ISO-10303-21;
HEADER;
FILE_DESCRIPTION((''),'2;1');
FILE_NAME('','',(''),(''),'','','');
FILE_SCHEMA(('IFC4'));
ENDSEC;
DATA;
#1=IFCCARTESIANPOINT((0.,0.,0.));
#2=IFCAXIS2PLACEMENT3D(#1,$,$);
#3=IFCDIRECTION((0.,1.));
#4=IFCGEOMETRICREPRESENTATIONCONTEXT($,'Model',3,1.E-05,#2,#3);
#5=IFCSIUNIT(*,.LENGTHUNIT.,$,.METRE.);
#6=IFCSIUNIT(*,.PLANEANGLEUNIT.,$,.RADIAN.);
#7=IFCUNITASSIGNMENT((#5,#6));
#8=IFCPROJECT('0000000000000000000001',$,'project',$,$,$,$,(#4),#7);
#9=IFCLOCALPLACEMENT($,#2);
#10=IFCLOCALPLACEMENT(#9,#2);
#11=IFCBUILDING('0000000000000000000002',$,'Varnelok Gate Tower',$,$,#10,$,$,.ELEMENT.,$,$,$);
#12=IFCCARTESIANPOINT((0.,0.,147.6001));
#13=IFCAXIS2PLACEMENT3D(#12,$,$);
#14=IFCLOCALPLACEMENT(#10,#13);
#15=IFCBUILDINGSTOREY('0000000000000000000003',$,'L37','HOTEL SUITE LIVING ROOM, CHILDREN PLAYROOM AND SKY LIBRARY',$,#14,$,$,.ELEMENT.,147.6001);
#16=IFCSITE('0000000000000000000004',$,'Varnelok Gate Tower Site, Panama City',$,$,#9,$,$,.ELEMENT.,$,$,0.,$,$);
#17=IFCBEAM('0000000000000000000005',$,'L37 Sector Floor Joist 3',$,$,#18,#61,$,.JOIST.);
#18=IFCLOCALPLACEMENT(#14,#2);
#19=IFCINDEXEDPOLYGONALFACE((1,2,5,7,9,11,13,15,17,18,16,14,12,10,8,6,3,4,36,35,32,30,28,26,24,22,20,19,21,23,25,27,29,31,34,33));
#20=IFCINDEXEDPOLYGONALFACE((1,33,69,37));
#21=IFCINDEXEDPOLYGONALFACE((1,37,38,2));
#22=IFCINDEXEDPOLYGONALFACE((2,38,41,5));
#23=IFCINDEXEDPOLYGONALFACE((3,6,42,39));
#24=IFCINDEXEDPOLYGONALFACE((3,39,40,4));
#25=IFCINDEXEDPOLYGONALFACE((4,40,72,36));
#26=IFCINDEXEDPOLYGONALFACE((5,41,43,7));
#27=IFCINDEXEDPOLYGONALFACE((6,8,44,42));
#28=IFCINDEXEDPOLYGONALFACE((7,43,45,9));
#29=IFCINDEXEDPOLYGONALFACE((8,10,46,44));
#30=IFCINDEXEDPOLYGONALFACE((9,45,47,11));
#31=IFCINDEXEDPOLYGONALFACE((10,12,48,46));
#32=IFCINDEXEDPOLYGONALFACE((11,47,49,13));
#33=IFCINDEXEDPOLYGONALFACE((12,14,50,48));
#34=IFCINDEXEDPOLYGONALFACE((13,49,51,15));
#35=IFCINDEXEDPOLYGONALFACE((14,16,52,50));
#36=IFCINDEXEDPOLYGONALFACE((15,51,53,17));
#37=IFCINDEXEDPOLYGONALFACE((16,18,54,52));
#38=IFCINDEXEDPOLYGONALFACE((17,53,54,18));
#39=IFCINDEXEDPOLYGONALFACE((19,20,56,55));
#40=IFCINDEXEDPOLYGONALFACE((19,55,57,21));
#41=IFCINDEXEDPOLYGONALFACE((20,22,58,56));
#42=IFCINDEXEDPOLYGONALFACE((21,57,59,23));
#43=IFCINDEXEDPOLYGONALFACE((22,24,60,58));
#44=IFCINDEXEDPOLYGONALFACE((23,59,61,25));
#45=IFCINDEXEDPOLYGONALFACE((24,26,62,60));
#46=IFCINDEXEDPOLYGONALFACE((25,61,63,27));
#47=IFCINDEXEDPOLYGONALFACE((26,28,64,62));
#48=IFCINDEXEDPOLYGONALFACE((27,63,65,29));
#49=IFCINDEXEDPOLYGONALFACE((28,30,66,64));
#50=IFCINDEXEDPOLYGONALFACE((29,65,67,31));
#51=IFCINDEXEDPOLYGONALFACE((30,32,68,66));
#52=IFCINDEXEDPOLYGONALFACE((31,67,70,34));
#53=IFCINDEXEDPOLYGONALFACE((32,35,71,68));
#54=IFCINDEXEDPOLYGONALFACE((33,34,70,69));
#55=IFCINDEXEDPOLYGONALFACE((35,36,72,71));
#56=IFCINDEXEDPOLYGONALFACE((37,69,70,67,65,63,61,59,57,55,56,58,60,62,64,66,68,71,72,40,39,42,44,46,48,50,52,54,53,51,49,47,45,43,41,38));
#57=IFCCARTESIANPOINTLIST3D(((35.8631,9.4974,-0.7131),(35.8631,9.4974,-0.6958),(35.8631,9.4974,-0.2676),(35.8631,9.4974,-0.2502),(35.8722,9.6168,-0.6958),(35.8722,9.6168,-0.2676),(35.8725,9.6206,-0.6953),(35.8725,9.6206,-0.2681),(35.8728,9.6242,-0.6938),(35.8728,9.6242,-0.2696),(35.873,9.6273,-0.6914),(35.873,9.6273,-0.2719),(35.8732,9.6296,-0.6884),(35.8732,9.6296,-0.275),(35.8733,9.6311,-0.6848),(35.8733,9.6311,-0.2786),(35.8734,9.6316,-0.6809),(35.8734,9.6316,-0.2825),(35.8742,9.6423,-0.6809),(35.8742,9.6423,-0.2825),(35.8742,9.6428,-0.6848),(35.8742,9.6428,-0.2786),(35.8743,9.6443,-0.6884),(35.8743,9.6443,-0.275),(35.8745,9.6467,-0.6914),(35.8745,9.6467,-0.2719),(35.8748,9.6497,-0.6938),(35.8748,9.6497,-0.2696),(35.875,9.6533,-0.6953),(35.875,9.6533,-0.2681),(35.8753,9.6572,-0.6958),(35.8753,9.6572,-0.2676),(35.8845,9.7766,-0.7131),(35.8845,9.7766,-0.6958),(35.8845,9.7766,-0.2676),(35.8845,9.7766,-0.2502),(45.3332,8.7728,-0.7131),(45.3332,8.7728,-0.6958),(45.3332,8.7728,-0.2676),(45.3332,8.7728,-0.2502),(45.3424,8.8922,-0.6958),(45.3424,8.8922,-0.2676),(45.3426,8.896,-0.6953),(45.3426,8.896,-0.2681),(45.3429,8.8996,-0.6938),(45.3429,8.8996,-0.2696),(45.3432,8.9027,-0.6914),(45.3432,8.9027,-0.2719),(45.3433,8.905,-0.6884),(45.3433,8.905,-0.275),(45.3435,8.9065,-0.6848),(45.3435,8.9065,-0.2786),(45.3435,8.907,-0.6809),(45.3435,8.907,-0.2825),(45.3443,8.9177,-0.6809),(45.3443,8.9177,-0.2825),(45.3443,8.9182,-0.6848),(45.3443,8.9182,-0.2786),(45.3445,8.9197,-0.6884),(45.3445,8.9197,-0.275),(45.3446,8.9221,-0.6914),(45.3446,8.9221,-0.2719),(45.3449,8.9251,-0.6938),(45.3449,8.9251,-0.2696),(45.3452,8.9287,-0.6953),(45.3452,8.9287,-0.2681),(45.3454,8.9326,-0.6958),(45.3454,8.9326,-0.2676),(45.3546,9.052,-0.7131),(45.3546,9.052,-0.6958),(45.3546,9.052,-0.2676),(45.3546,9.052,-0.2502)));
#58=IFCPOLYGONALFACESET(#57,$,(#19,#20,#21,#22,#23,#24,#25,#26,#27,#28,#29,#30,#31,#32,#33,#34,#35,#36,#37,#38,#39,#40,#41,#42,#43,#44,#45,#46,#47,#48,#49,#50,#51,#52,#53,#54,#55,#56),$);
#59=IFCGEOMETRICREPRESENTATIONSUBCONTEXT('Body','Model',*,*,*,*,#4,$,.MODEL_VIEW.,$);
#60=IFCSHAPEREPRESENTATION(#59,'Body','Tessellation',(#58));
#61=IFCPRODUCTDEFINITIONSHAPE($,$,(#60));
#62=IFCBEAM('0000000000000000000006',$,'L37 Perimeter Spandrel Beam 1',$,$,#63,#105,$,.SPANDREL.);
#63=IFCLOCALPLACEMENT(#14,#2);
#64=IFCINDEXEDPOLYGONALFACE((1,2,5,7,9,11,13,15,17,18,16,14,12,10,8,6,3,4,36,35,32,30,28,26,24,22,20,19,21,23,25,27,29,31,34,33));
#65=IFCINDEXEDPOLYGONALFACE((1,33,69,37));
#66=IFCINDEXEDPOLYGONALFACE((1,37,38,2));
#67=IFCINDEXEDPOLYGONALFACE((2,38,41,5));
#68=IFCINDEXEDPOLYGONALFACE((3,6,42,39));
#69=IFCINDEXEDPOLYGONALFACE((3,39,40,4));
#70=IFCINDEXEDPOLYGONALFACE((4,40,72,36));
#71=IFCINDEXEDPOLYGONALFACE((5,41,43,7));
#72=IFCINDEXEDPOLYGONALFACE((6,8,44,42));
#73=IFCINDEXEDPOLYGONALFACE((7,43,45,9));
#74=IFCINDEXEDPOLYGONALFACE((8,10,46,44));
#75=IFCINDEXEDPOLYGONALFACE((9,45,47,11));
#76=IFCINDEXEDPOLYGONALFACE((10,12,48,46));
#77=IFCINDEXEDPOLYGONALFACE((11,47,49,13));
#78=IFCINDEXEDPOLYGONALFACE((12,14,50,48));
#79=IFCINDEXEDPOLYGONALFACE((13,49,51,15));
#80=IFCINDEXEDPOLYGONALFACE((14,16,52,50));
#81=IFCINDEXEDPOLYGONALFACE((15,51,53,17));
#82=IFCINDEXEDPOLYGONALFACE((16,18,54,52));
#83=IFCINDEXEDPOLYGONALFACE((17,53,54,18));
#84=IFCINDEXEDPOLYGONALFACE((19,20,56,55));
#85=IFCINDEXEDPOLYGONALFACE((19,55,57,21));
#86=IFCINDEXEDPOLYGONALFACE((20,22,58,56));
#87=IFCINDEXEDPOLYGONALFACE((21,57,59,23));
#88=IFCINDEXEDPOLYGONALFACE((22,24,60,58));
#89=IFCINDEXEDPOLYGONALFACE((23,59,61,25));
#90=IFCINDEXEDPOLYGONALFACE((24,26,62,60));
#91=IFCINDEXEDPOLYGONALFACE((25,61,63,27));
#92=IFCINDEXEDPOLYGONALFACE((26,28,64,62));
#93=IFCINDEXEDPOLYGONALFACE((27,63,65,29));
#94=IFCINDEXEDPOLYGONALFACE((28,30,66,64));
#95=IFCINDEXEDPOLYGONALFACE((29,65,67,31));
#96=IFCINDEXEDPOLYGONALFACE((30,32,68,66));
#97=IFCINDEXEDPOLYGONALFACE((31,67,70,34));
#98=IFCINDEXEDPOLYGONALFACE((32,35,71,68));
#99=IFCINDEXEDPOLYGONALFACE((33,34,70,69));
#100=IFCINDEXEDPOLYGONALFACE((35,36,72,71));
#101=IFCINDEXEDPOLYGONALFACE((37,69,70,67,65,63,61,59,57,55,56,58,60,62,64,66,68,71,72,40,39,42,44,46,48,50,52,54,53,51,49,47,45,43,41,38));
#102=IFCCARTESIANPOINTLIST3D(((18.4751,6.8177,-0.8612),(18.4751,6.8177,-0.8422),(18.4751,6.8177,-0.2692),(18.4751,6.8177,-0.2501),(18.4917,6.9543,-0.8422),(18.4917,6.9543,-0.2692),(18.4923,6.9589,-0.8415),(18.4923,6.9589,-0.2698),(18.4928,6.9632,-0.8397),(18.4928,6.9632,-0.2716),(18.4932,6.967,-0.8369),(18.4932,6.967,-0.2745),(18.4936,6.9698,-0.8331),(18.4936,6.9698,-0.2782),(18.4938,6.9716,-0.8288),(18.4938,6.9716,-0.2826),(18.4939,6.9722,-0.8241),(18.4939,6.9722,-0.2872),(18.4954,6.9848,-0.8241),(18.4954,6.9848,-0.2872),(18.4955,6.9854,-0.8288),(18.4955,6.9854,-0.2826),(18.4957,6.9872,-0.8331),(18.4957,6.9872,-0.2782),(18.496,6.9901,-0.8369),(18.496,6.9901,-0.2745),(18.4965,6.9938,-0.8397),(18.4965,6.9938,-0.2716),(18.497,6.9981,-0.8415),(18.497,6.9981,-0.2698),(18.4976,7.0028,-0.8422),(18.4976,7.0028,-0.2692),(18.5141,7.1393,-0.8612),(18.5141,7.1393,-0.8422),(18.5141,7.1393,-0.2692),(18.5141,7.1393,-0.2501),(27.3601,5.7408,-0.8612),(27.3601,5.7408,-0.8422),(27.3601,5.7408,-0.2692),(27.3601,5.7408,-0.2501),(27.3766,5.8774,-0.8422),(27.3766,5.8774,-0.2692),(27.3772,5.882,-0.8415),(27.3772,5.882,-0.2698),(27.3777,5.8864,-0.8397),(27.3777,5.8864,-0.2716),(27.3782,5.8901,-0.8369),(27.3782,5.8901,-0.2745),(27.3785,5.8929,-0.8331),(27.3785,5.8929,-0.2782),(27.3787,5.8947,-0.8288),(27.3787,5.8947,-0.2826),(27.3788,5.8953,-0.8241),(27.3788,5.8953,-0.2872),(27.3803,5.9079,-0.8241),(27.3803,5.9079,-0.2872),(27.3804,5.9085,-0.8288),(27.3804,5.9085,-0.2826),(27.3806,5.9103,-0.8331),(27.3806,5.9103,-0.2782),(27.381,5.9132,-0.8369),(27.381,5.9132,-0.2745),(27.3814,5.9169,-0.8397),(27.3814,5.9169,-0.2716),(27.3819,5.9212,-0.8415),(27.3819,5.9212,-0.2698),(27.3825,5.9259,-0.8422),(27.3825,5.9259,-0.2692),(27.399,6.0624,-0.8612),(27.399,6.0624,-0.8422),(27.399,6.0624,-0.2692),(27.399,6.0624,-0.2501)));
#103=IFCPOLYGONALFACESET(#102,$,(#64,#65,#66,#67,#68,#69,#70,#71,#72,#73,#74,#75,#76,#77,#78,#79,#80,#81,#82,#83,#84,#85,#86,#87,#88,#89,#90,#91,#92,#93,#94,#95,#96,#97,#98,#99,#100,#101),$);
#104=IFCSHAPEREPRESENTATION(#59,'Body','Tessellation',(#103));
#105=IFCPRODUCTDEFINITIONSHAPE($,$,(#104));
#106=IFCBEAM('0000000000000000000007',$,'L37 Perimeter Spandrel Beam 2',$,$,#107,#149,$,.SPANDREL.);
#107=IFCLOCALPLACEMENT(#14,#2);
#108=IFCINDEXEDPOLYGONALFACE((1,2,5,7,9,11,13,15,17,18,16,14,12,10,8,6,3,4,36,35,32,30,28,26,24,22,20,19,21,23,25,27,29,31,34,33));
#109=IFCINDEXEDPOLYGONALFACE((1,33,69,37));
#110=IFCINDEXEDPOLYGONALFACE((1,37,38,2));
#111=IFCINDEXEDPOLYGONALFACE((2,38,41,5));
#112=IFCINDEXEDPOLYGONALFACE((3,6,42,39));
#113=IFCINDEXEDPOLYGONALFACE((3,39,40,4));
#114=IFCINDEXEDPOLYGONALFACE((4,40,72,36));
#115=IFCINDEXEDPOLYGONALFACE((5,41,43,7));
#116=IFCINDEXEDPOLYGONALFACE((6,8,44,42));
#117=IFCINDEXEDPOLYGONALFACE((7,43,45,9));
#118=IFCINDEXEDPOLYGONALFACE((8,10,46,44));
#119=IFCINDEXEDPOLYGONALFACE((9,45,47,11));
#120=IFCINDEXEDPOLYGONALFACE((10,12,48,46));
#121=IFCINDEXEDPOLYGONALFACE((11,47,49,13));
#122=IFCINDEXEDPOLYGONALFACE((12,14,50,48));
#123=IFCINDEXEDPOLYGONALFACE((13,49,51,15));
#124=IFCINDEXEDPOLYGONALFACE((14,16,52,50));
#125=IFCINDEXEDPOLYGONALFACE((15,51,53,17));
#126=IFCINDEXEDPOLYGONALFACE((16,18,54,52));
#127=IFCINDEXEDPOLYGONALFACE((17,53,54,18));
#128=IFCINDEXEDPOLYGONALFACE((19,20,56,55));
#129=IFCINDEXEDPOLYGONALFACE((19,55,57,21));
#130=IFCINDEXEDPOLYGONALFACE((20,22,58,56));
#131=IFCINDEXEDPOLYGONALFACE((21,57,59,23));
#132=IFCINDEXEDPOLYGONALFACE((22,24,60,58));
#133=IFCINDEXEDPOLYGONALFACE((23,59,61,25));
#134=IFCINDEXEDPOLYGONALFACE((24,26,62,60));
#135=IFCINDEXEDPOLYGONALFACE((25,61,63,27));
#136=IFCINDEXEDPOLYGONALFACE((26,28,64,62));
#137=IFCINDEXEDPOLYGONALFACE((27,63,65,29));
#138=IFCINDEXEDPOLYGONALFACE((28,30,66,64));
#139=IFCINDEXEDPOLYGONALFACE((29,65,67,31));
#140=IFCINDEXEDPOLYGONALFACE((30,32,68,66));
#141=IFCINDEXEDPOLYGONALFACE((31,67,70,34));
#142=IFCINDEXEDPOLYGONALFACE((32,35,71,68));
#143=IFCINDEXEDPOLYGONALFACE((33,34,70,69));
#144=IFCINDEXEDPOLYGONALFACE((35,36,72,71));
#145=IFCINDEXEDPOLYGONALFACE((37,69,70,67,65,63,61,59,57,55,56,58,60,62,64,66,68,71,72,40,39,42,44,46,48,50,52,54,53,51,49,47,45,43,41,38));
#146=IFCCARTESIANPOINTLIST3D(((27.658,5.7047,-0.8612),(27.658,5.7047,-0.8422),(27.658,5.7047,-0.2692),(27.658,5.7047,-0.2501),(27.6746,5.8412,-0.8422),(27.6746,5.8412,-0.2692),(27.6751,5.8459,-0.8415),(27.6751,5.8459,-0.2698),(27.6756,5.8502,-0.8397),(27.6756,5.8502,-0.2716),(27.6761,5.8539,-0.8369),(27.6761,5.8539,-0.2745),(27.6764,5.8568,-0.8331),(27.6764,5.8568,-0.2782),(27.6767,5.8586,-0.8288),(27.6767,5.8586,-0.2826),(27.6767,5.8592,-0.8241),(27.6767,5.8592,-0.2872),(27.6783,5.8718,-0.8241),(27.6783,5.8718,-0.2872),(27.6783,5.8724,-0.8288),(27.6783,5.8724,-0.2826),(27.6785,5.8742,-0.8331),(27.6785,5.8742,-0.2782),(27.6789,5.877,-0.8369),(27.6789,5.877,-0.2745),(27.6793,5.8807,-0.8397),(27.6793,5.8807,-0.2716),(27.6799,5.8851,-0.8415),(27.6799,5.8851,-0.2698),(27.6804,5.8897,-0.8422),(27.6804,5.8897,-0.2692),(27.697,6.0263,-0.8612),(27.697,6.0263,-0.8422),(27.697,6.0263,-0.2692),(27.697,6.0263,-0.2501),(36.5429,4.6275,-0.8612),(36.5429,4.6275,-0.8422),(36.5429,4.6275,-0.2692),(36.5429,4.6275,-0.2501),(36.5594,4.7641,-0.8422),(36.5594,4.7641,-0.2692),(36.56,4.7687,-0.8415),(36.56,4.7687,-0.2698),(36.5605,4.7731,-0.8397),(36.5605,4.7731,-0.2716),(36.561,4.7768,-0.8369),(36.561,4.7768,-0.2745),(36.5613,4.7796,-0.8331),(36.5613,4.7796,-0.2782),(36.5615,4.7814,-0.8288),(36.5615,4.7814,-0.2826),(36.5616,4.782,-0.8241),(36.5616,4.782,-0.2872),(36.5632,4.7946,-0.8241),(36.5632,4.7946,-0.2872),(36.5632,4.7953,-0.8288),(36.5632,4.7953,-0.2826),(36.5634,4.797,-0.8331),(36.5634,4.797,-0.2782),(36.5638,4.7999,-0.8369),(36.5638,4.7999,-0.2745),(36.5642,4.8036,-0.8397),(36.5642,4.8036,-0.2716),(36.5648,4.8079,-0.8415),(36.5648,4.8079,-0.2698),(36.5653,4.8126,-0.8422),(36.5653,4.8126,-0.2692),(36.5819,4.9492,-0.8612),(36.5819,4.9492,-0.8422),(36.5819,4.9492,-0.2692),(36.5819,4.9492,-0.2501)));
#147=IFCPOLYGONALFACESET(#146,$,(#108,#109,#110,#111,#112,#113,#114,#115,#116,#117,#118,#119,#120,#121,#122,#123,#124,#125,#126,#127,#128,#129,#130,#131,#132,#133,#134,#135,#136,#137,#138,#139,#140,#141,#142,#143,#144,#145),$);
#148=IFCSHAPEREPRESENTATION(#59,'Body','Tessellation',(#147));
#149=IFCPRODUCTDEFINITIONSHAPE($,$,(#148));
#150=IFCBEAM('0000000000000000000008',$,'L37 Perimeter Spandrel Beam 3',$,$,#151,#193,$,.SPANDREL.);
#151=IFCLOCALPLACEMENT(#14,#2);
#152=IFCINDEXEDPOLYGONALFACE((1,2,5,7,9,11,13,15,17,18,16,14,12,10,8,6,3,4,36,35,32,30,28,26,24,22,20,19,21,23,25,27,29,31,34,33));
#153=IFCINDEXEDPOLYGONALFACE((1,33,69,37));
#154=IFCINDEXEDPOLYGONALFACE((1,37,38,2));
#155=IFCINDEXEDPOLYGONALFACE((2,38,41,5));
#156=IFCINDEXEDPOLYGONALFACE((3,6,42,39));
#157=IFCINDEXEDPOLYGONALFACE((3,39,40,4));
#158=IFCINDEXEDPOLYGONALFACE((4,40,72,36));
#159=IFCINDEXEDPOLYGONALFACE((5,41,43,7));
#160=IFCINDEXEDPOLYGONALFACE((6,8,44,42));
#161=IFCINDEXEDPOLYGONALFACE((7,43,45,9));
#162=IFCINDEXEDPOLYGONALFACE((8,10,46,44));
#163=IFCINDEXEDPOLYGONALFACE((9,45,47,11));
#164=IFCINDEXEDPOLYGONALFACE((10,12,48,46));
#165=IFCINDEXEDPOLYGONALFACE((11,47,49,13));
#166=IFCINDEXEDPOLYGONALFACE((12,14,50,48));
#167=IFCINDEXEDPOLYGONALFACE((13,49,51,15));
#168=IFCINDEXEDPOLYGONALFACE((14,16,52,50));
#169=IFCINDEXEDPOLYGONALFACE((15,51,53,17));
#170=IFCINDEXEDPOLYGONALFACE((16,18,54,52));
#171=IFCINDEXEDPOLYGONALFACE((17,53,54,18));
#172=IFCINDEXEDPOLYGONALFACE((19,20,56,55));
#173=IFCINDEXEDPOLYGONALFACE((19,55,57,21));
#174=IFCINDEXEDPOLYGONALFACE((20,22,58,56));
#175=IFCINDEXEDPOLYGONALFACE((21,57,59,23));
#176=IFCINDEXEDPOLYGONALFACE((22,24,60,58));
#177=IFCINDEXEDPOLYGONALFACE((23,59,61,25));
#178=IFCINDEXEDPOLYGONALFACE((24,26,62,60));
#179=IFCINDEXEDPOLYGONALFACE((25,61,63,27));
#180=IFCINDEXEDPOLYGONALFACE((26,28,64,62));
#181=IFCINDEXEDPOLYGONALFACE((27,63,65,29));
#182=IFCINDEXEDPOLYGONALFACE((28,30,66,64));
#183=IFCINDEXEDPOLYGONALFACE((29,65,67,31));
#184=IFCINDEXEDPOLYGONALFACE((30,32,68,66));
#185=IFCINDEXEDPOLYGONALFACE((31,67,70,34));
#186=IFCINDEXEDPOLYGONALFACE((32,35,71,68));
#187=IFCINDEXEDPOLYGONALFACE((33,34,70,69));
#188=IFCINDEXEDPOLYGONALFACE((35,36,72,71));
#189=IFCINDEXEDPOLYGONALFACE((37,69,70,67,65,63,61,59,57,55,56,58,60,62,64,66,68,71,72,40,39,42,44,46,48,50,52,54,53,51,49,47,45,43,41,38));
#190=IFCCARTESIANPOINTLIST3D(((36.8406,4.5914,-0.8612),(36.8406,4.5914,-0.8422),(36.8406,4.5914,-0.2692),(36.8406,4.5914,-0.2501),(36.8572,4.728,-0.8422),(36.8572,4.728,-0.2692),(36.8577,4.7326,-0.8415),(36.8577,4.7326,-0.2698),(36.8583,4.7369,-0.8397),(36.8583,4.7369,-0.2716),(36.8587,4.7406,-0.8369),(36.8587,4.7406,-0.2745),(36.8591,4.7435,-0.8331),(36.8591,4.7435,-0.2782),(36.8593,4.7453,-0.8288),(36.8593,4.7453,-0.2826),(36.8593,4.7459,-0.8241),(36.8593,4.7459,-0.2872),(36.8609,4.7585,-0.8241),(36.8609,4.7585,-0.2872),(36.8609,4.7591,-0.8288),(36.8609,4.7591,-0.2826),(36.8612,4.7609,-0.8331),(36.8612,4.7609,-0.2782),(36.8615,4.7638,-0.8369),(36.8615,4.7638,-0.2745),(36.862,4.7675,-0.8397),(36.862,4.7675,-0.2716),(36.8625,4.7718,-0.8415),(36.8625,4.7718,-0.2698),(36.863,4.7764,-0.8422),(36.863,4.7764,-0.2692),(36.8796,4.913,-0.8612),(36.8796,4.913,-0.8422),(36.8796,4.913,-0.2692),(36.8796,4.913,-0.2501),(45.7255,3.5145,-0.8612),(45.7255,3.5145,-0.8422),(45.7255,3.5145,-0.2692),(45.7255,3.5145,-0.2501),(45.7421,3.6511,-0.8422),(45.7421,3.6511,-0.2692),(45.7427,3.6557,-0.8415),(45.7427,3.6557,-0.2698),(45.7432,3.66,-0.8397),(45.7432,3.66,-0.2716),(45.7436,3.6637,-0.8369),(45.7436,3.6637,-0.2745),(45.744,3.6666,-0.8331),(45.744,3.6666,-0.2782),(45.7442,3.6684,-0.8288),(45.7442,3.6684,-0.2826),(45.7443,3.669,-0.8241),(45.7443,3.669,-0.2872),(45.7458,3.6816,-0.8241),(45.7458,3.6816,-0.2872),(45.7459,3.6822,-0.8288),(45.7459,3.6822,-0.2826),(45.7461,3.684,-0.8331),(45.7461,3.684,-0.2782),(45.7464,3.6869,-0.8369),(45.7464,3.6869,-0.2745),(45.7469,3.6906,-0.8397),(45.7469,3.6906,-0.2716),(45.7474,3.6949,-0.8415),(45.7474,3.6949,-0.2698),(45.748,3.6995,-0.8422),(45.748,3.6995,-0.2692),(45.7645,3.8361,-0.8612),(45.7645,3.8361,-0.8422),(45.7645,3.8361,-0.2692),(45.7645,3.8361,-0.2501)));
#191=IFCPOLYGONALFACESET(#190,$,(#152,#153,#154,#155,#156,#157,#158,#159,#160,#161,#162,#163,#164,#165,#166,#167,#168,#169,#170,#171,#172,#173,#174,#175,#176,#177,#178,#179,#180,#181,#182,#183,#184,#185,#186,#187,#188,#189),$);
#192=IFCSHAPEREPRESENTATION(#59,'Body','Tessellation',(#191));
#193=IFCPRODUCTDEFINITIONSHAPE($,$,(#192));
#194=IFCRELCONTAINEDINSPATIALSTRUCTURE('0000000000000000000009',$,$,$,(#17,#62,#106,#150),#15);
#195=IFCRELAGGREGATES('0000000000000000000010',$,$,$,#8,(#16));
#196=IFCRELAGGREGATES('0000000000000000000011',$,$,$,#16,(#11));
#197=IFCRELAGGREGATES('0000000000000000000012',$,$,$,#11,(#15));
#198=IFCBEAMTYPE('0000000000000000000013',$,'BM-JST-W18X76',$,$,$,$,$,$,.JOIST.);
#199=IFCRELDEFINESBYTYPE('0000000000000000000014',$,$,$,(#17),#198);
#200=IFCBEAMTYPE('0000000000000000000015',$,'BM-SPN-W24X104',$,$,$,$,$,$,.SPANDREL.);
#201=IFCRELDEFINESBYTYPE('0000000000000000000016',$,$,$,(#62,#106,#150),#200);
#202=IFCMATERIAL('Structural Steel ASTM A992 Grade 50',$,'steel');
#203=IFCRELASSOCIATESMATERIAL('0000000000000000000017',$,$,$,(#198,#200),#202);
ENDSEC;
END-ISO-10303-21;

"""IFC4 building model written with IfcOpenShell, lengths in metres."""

from ifc_helpers import new_model, si_unit, direction, frame, origin, origin_2d, place, context, subcontext, project, spatial, i_section, extrude, material, material_profile, profile_set, type_object, element, save


model = new_model("IFC4")

# Units and contexts
model_context = context("Model", 3, precision=1e-05, world=origin(), true_north=direction((0.0, 1.0)))
body_context = subcontext(model_context, "Body", "Model", "MODEL_VIEW")
ifc_project = project(units=[si_unit("LENGTHUNIT", "METRE"), si_unit("PLANEANGLEUNIT", "RADIAN")], contexts=[model_context])

# Site, building, storey
site_placement = place(None, origin())
site = spatial("IfcSite", under=ifc_project, at=site_placement, Name="Varnelok Gate Tower Site, Panama City", CompositionType="ELEMENT", RefElevation=0.0)
building_placement = place(site_placement, origin())
building = spatial("IfcBuilding", under=site, at=building_placement, Name="Varnelok Gate Tower", CompositionType="ELEMENT")
storey_placement = place(building_placement, frame((0.0, 0.0, 147.6001)))
storey = spatial("IfcBuildingStorey", under=building, at=storey_placement, Name="L37", Description="HOTEL SUITE LIVING ROOM, CHILDREN PLAYROOM AND SKY LIBRARY", CompositionType="ELEMENT", Elevation=147.6001)

# Shared definitions
ifc_material_1 = material(Name="Structural Steel ASTM A992 Grade 50", Category="steel")

# Beams
ifc_material_profile_1 = material_profile(ifc_material_1, i_section(OverallWidth=0.28, OverallDepth=0.4629, WebThickness=0.0107, FlangeThickness=0.0173, FilletRadius=0.0149, at=origin_2d()), Name="W18X76")
ifc_profile_set_1 = profile_set([ifc_material_profile_1], Name="Structural Steel ASTM A992 Grade 50")
beam_type_1 = type_object("IfcBeamType", Name="BM-JST-W18X76", PredefinedType="JOIST", material=ifc_profile_set_1)
beam_1_placement = place(storey_placement, frame((35.8738, 9.637, -0.4817), z_axis=(0.997086, -0.076292, 0.0), x_axis=(0.076292, 0.997086, 0.0)))
element("IfcBeam", 1, at=beam_1_placement, inside=storey, type_object=beam_type_1, Name="L37 Sector Floor Joist 3", PredefinedType="JOIST", context=body_context, shape_type="SweptSolid", body=[
    extrude(i_section(OverallWidth=0.28, OverallDepth=0.4629, WebThickness=0.0107, FlangeThickness=0.0173, FilletRadius=0.0149, at=origin_2d()), origin(), (0.0, 0.0, 1.0), 9.4978),
])
ifc_material_profile_2 = material_profile(ifc_material_1, i_section(OverallWidth=0.324, OverallDepth=0.6111, WebThickness=0.0127, FlangeThickness=0.019, FilletRadius=0.0181, at=origin_2d()), Name="W24X104")
ifc_profile_set_2 = profile_set([ifc_material_profile_2], Name="Structural Steel ASTM A992 Grade 50")
beam_type_2 = type_object("IfcBeamType", Name="BM-SPN-W24X104", PredefinedType="SPANDREL", material=ifc_profile_set_2)
for number, where, z_axis, x_axis, name in (
    (2, (18.4946, 6.9785, -0.5557), (0.992735, -0.120324, 0.0), (0.120324, 0.992735, 0.0), "L37 Perimeter Spandrel Beam 1"),
    (3, (27.6775, 5.8655, -0.5557), (0.992731, -0.120351, 0.0), (0.120351, 0.992731, 0.0), "L37 Perimeter Spandrel Beam 2"),
    (4, (36.8601, 4.7522, -0.5557), (0.992735, -0.120324, 0.0), (0.120324, 0.992735, 0.0), "L37 Perimeter Spandrel Beam 3"),
):
    element("IfcBeam", number, at=place(storey_placement, frame(where, z_axis=z_axis, x_axis=x_axis)), inside=storey, type_object=beam_type_2, Name=name, PredefinedType="SPANDREL", context=body_context, shape_type="SweptSolid", body=[
        extrude(i_section(OverallWidth=0.324, OverallDepth=0.6111, WebThickness=0.0127, FlangeThickness=0.019, FilletRadius=0.0181, at=origin_2d()), origin(), (0.0, 0.0, 1.0), 8.95),
    ])

save(model, "model.ifc")
